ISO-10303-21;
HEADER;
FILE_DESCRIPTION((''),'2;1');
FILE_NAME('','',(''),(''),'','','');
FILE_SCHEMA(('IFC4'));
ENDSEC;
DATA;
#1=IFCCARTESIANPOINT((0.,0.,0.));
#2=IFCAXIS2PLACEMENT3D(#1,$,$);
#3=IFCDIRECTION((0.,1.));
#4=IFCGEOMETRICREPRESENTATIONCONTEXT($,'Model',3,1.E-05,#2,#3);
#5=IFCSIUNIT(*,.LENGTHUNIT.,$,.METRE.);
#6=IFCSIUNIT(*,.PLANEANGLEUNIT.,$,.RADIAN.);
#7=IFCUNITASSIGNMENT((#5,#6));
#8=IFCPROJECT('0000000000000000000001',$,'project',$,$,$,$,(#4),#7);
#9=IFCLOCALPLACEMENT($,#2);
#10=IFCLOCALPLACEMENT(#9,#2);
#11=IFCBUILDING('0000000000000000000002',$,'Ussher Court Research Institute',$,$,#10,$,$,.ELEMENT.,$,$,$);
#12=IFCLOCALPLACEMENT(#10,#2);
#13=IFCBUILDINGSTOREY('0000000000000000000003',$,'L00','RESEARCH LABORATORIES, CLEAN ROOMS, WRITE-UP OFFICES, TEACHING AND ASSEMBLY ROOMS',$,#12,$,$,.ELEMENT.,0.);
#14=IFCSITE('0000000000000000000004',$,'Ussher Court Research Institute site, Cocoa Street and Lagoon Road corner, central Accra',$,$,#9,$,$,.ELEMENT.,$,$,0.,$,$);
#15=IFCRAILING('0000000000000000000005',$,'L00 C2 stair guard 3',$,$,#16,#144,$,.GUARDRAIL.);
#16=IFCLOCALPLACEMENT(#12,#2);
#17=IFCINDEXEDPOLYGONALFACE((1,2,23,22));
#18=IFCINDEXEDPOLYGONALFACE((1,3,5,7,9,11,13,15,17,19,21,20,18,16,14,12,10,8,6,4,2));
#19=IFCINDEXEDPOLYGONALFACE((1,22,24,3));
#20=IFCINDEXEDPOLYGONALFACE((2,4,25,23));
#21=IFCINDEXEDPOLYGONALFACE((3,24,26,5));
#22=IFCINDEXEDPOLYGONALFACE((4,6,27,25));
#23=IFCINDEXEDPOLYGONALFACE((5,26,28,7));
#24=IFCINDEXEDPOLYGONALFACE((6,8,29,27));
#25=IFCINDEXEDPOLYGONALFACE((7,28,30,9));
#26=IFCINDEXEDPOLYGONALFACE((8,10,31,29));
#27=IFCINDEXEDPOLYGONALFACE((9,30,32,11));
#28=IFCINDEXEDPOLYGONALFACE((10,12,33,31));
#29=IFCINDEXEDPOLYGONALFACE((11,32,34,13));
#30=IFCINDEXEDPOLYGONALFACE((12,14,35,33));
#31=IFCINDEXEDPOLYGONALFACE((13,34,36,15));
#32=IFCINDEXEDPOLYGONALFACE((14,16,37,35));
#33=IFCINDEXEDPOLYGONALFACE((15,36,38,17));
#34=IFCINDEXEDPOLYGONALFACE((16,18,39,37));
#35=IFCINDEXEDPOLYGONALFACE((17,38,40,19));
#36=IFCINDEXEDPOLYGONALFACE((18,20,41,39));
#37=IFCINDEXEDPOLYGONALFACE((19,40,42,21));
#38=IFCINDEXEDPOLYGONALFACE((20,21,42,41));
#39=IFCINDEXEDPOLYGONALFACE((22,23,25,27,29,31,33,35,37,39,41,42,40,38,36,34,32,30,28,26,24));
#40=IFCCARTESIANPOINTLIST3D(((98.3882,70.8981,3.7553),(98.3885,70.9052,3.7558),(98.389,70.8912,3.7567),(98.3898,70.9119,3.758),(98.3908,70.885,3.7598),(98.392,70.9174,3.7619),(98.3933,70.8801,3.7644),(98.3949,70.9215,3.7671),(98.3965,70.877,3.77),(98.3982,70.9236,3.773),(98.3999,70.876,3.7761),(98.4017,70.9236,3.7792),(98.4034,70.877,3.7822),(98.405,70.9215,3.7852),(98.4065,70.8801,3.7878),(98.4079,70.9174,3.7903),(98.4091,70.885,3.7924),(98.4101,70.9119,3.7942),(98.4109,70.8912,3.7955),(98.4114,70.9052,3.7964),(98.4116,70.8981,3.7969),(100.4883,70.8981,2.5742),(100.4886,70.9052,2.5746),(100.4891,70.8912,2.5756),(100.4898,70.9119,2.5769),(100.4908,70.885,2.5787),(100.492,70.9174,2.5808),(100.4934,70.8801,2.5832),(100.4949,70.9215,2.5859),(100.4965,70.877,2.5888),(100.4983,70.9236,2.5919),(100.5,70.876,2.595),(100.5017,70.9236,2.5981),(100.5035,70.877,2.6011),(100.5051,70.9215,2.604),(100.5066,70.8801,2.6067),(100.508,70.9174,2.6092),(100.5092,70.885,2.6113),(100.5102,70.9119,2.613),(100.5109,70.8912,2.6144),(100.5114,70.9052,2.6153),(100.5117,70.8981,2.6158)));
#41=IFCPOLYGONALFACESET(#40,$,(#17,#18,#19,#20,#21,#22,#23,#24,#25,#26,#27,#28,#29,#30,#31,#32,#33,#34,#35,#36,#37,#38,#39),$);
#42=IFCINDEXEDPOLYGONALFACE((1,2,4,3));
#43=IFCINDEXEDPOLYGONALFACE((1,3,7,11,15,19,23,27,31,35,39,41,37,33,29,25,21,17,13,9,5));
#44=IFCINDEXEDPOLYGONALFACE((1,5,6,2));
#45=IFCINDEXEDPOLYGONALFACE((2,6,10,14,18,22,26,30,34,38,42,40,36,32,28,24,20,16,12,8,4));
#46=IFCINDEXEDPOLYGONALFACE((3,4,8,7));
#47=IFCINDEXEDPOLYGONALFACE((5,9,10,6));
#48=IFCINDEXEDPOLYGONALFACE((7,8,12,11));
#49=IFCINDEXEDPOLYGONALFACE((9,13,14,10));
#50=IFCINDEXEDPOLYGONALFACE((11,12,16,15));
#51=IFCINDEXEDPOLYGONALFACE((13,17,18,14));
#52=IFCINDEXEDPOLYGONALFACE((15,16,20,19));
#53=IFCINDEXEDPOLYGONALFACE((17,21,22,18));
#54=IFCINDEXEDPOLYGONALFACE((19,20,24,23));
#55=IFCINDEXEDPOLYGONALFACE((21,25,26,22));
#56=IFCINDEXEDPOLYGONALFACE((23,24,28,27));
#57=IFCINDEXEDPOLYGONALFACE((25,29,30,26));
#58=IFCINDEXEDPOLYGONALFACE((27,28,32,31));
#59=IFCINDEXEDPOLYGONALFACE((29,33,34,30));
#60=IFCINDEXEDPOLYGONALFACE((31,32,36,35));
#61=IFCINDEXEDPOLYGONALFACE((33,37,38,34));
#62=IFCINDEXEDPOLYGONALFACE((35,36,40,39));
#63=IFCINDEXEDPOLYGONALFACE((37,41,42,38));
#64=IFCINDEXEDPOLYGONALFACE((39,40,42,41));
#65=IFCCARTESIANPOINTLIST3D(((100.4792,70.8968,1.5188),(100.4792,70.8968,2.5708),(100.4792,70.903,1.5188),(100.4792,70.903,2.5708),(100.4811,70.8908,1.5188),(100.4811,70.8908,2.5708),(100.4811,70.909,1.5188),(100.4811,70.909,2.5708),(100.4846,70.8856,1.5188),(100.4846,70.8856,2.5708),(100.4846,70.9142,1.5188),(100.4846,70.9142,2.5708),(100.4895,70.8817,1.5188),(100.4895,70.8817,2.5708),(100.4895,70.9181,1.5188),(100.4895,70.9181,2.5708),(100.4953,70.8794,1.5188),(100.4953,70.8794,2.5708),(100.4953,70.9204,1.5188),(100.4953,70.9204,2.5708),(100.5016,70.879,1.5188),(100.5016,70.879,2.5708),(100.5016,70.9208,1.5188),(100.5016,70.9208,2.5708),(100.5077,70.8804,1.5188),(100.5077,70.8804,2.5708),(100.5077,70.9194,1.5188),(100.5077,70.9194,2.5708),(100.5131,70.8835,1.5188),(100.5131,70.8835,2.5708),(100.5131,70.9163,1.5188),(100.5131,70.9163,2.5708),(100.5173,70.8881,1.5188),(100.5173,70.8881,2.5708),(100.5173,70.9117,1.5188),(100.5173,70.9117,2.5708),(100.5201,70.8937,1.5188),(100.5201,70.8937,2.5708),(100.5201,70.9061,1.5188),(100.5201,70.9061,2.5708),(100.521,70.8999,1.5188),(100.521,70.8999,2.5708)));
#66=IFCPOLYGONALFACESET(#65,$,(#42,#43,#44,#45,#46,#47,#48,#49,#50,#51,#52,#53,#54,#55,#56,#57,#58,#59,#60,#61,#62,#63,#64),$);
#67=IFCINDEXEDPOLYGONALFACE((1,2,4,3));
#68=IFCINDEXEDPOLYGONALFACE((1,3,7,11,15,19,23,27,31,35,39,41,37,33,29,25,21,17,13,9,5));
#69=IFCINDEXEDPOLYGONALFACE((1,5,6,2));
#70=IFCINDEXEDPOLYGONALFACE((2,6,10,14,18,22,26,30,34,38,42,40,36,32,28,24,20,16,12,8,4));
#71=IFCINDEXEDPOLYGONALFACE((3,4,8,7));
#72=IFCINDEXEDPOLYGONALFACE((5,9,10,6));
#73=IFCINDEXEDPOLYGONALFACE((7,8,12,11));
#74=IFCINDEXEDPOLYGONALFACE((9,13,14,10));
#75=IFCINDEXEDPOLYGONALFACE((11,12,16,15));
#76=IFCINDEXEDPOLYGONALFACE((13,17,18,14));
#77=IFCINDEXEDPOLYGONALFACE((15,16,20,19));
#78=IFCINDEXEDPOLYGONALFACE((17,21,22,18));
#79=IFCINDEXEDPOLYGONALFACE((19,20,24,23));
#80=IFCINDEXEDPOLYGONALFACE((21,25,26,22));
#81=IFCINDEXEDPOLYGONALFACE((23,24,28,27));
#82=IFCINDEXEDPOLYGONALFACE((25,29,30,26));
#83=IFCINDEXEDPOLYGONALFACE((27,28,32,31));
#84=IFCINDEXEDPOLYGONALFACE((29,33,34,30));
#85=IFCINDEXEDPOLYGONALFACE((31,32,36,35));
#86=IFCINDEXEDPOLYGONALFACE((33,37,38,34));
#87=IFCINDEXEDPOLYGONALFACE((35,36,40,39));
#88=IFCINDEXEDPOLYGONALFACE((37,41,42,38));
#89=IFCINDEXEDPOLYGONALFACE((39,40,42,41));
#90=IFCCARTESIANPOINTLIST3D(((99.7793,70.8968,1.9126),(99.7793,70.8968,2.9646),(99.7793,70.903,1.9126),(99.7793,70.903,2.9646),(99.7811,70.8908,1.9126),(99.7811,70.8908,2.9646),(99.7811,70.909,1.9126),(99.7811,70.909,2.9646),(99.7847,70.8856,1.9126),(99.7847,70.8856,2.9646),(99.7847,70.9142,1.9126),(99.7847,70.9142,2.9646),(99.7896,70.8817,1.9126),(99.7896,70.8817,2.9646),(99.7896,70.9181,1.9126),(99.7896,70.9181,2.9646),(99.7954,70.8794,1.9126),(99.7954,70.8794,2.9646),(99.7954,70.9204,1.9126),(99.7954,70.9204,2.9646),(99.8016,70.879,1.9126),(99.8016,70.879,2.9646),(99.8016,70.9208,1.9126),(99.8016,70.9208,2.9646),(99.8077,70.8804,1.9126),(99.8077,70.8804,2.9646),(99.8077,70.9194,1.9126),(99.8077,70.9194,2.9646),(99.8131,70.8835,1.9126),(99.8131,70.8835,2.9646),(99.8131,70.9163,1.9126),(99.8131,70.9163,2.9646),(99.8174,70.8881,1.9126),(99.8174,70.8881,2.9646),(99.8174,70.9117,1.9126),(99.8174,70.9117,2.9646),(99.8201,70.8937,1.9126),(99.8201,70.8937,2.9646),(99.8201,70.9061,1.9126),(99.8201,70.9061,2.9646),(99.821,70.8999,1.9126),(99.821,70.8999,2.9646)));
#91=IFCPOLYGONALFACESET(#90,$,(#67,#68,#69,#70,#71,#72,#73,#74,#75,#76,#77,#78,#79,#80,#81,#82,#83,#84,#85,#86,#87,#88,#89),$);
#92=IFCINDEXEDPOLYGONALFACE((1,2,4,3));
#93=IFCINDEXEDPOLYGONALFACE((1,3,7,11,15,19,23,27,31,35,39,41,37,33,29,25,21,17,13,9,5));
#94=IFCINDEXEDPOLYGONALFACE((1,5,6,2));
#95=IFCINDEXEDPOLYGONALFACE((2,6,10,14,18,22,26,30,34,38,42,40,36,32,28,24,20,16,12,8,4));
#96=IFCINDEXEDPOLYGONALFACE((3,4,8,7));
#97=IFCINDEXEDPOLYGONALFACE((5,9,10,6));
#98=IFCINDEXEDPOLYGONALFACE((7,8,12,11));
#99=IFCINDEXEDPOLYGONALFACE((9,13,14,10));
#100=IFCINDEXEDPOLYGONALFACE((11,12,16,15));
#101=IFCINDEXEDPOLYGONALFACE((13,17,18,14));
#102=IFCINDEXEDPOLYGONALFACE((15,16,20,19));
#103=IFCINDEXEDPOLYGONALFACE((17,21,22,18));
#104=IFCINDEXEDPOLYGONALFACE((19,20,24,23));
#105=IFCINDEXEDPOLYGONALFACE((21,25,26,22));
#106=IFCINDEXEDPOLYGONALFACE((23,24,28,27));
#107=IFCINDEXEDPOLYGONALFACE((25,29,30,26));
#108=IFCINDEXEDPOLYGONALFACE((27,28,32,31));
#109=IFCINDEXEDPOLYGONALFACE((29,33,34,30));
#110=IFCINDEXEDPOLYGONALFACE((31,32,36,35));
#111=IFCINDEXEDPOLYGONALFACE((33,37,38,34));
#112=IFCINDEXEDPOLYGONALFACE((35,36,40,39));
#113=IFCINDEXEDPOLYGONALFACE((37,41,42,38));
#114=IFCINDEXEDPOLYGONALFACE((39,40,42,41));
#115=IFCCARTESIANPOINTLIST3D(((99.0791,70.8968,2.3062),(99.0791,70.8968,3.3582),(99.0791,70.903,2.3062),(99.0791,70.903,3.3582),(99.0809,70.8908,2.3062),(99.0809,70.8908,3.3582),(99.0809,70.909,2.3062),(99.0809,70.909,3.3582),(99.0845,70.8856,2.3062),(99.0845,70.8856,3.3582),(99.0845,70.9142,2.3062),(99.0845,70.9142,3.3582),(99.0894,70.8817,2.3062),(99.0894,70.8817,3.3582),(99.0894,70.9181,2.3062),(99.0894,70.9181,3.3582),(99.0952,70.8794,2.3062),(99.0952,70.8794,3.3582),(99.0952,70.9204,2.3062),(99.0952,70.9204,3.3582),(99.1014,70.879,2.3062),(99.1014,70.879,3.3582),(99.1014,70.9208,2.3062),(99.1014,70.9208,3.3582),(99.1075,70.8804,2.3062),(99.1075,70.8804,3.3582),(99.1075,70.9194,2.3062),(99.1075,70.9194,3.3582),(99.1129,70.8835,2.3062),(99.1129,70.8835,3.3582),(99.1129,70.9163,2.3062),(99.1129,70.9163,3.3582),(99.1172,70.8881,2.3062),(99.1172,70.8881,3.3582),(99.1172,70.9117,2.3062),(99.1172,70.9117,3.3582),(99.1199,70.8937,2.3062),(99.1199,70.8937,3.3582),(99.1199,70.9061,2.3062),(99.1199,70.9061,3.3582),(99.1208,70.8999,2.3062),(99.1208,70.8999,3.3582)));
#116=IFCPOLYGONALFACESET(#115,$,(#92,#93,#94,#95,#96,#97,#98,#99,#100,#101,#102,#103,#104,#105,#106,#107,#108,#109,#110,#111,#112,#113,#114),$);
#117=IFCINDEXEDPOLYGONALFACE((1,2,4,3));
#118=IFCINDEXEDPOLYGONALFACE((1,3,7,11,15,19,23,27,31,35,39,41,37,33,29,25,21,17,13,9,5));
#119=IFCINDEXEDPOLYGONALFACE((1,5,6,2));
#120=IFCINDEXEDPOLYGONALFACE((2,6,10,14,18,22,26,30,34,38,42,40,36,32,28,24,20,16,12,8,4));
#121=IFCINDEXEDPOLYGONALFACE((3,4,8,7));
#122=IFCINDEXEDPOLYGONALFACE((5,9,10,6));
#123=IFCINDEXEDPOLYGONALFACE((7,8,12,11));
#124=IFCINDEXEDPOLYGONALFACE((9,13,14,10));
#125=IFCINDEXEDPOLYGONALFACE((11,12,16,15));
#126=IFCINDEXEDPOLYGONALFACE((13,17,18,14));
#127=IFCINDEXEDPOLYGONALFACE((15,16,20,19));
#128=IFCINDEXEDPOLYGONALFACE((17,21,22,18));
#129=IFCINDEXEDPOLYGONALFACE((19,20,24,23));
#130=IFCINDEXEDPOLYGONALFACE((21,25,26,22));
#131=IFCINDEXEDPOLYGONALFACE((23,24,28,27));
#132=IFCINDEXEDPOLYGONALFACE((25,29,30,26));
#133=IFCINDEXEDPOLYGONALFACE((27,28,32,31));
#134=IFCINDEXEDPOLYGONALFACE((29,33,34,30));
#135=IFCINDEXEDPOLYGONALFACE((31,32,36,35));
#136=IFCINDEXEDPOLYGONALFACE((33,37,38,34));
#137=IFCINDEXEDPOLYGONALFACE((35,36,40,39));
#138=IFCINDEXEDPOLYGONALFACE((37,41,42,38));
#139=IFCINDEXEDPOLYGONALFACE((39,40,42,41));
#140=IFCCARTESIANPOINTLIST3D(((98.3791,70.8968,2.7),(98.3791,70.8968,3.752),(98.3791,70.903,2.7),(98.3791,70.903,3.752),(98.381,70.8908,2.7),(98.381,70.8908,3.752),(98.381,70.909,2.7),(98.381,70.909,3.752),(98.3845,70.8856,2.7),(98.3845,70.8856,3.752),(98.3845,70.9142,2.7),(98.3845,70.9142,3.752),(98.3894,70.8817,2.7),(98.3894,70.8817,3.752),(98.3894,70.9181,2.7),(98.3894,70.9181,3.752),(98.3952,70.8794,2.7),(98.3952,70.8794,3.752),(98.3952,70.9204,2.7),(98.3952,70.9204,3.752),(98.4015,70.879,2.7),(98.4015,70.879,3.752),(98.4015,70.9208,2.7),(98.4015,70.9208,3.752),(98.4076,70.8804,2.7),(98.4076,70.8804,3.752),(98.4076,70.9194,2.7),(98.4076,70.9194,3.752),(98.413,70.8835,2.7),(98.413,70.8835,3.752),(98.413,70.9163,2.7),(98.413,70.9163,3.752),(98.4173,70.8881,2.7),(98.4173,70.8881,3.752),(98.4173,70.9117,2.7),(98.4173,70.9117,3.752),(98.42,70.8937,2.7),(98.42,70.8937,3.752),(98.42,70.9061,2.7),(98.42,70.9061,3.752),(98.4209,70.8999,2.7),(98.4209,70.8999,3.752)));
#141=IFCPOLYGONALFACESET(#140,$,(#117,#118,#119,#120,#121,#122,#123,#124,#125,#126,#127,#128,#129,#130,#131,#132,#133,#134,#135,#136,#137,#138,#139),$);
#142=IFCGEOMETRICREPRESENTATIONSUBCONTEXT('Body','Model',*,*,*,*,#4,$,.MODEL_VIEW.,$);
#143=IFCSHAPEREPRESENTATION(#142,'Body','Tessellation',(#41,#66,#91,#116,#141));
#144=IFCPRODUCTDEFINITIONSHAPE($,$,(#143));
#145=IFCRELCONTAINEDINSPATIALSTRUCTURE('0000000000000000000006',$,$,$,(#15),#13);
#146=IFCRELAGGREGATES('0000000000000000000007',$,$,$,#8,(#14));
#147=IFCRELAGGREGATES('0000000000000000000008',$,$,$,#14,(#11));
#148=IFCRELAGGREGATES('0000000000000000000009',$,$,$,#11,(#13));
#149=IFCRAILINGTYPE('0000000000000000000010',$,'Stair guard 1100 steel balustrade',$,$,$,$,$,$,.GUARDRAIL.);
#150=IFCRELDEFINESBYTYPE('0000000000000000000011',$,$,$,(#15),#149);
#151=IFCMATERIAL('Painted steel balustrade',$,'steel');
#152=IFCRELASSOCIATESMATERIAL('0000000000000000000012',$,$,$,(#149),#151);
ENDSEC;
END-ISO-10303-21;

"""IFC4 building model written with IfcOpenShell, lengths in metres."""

from ifc_helpers import new_model, si_unit, direction, frame, origin, origin_2d, place, context, subcontext, project, spatial, circle, extrude, material, type_object, element, save


model = new_model("IFC4")

# Units and contexts
model_context = context("Model", 3, precision=1e-05, world=origin(), true_north=direction((0.0, 1.0)))
body_context = subcontext(model_context, "Body", "Model", "MODEL_VIEW")
ifc_project = project(units=[si_unit("LENGTHUNIT", "METRE"), si_unit("PLANEANGLEUNIT", "RADIAN")], contexts=[model_context])

# Site, building, storey
site_placement = place(None, origin())
site = spatial("IfcSite", under=ifc_project, at=site_placement, Name="Ussher Court Research Institute site, Cocoa Street and Lagoon Road corner, central Accra", CompositionType="ELEMENT", RefElevation=0.0)
building_placement = place(site_placement, origin())
building = spatial("IfcBuilding", under=site, at=building_placement, Name="Ussher Court Research Institute", CompositionType="ELEMENT")
storey_placement = place(building_placement, origin())
storey = spatial("IfcBuildingStorey", under=building, at=storey_placement, Name="L00", Description="RESEARCH LABORATORIES, CLEAN ROOMS, WRITE-UP OFFICES, TEACHING AND ASSEMBLY ROOMS", CompositionType="ELEMENT", Elevation=0.0)

# Railing
ifc_material_1 = material(Name="Painted steel balustrade", Category="steel")
railing_type_1 = type_object("IfcRailingType", Name="Stair guard 1100 steel balustrade", PredefinedType="GUARDRAIL", material=ifc_material_1)
railing_1_placement = place(storey_placement, frame((100.5, 70.8999, 1.5188)))
element("IfcRailing", 1, at=railing_1_placement, inside=storey, type_object=railing_type_1, Name="L00 C2 stair guard 3", PredefinedType="GUARDRAIL", context=body_context, shape_type="SweptSolid", body=[
    extrude(circle(Radius=0.0239, at=origin_2d()), frame((0.0, 0.0, 1.0762), z_axis=(-0.871603, 0.0, 0.490213), x_axis=(0.0, -1.0, 0.0)), (0.0, 0.0, 1.0), 2.4094),
    extrude(circle(Radius=0.021, at=origin_2d()), origin(), (0.0, 0.0, 1.0), 1.052),
    extrude(circle(Radius=0.021, at=origin_2d()), frame((-0.7, 0.0, 0.3938)), (0.0, 0.0, 1.0), 1.052),
    extrude(circle(Radius=0.021, at=origin_2d()), frame((-1.4001, 0.0, 0.7874)), (0.0, 0.0, 1.0), 1.052),
    extrude(circle(Radius=0.021, at=origin_2d()), frame((-2.1001, 0.0, 1.1812)), (0.0, 0.0, 1.0), 1.052),
])

save(model, "model.ifc")
